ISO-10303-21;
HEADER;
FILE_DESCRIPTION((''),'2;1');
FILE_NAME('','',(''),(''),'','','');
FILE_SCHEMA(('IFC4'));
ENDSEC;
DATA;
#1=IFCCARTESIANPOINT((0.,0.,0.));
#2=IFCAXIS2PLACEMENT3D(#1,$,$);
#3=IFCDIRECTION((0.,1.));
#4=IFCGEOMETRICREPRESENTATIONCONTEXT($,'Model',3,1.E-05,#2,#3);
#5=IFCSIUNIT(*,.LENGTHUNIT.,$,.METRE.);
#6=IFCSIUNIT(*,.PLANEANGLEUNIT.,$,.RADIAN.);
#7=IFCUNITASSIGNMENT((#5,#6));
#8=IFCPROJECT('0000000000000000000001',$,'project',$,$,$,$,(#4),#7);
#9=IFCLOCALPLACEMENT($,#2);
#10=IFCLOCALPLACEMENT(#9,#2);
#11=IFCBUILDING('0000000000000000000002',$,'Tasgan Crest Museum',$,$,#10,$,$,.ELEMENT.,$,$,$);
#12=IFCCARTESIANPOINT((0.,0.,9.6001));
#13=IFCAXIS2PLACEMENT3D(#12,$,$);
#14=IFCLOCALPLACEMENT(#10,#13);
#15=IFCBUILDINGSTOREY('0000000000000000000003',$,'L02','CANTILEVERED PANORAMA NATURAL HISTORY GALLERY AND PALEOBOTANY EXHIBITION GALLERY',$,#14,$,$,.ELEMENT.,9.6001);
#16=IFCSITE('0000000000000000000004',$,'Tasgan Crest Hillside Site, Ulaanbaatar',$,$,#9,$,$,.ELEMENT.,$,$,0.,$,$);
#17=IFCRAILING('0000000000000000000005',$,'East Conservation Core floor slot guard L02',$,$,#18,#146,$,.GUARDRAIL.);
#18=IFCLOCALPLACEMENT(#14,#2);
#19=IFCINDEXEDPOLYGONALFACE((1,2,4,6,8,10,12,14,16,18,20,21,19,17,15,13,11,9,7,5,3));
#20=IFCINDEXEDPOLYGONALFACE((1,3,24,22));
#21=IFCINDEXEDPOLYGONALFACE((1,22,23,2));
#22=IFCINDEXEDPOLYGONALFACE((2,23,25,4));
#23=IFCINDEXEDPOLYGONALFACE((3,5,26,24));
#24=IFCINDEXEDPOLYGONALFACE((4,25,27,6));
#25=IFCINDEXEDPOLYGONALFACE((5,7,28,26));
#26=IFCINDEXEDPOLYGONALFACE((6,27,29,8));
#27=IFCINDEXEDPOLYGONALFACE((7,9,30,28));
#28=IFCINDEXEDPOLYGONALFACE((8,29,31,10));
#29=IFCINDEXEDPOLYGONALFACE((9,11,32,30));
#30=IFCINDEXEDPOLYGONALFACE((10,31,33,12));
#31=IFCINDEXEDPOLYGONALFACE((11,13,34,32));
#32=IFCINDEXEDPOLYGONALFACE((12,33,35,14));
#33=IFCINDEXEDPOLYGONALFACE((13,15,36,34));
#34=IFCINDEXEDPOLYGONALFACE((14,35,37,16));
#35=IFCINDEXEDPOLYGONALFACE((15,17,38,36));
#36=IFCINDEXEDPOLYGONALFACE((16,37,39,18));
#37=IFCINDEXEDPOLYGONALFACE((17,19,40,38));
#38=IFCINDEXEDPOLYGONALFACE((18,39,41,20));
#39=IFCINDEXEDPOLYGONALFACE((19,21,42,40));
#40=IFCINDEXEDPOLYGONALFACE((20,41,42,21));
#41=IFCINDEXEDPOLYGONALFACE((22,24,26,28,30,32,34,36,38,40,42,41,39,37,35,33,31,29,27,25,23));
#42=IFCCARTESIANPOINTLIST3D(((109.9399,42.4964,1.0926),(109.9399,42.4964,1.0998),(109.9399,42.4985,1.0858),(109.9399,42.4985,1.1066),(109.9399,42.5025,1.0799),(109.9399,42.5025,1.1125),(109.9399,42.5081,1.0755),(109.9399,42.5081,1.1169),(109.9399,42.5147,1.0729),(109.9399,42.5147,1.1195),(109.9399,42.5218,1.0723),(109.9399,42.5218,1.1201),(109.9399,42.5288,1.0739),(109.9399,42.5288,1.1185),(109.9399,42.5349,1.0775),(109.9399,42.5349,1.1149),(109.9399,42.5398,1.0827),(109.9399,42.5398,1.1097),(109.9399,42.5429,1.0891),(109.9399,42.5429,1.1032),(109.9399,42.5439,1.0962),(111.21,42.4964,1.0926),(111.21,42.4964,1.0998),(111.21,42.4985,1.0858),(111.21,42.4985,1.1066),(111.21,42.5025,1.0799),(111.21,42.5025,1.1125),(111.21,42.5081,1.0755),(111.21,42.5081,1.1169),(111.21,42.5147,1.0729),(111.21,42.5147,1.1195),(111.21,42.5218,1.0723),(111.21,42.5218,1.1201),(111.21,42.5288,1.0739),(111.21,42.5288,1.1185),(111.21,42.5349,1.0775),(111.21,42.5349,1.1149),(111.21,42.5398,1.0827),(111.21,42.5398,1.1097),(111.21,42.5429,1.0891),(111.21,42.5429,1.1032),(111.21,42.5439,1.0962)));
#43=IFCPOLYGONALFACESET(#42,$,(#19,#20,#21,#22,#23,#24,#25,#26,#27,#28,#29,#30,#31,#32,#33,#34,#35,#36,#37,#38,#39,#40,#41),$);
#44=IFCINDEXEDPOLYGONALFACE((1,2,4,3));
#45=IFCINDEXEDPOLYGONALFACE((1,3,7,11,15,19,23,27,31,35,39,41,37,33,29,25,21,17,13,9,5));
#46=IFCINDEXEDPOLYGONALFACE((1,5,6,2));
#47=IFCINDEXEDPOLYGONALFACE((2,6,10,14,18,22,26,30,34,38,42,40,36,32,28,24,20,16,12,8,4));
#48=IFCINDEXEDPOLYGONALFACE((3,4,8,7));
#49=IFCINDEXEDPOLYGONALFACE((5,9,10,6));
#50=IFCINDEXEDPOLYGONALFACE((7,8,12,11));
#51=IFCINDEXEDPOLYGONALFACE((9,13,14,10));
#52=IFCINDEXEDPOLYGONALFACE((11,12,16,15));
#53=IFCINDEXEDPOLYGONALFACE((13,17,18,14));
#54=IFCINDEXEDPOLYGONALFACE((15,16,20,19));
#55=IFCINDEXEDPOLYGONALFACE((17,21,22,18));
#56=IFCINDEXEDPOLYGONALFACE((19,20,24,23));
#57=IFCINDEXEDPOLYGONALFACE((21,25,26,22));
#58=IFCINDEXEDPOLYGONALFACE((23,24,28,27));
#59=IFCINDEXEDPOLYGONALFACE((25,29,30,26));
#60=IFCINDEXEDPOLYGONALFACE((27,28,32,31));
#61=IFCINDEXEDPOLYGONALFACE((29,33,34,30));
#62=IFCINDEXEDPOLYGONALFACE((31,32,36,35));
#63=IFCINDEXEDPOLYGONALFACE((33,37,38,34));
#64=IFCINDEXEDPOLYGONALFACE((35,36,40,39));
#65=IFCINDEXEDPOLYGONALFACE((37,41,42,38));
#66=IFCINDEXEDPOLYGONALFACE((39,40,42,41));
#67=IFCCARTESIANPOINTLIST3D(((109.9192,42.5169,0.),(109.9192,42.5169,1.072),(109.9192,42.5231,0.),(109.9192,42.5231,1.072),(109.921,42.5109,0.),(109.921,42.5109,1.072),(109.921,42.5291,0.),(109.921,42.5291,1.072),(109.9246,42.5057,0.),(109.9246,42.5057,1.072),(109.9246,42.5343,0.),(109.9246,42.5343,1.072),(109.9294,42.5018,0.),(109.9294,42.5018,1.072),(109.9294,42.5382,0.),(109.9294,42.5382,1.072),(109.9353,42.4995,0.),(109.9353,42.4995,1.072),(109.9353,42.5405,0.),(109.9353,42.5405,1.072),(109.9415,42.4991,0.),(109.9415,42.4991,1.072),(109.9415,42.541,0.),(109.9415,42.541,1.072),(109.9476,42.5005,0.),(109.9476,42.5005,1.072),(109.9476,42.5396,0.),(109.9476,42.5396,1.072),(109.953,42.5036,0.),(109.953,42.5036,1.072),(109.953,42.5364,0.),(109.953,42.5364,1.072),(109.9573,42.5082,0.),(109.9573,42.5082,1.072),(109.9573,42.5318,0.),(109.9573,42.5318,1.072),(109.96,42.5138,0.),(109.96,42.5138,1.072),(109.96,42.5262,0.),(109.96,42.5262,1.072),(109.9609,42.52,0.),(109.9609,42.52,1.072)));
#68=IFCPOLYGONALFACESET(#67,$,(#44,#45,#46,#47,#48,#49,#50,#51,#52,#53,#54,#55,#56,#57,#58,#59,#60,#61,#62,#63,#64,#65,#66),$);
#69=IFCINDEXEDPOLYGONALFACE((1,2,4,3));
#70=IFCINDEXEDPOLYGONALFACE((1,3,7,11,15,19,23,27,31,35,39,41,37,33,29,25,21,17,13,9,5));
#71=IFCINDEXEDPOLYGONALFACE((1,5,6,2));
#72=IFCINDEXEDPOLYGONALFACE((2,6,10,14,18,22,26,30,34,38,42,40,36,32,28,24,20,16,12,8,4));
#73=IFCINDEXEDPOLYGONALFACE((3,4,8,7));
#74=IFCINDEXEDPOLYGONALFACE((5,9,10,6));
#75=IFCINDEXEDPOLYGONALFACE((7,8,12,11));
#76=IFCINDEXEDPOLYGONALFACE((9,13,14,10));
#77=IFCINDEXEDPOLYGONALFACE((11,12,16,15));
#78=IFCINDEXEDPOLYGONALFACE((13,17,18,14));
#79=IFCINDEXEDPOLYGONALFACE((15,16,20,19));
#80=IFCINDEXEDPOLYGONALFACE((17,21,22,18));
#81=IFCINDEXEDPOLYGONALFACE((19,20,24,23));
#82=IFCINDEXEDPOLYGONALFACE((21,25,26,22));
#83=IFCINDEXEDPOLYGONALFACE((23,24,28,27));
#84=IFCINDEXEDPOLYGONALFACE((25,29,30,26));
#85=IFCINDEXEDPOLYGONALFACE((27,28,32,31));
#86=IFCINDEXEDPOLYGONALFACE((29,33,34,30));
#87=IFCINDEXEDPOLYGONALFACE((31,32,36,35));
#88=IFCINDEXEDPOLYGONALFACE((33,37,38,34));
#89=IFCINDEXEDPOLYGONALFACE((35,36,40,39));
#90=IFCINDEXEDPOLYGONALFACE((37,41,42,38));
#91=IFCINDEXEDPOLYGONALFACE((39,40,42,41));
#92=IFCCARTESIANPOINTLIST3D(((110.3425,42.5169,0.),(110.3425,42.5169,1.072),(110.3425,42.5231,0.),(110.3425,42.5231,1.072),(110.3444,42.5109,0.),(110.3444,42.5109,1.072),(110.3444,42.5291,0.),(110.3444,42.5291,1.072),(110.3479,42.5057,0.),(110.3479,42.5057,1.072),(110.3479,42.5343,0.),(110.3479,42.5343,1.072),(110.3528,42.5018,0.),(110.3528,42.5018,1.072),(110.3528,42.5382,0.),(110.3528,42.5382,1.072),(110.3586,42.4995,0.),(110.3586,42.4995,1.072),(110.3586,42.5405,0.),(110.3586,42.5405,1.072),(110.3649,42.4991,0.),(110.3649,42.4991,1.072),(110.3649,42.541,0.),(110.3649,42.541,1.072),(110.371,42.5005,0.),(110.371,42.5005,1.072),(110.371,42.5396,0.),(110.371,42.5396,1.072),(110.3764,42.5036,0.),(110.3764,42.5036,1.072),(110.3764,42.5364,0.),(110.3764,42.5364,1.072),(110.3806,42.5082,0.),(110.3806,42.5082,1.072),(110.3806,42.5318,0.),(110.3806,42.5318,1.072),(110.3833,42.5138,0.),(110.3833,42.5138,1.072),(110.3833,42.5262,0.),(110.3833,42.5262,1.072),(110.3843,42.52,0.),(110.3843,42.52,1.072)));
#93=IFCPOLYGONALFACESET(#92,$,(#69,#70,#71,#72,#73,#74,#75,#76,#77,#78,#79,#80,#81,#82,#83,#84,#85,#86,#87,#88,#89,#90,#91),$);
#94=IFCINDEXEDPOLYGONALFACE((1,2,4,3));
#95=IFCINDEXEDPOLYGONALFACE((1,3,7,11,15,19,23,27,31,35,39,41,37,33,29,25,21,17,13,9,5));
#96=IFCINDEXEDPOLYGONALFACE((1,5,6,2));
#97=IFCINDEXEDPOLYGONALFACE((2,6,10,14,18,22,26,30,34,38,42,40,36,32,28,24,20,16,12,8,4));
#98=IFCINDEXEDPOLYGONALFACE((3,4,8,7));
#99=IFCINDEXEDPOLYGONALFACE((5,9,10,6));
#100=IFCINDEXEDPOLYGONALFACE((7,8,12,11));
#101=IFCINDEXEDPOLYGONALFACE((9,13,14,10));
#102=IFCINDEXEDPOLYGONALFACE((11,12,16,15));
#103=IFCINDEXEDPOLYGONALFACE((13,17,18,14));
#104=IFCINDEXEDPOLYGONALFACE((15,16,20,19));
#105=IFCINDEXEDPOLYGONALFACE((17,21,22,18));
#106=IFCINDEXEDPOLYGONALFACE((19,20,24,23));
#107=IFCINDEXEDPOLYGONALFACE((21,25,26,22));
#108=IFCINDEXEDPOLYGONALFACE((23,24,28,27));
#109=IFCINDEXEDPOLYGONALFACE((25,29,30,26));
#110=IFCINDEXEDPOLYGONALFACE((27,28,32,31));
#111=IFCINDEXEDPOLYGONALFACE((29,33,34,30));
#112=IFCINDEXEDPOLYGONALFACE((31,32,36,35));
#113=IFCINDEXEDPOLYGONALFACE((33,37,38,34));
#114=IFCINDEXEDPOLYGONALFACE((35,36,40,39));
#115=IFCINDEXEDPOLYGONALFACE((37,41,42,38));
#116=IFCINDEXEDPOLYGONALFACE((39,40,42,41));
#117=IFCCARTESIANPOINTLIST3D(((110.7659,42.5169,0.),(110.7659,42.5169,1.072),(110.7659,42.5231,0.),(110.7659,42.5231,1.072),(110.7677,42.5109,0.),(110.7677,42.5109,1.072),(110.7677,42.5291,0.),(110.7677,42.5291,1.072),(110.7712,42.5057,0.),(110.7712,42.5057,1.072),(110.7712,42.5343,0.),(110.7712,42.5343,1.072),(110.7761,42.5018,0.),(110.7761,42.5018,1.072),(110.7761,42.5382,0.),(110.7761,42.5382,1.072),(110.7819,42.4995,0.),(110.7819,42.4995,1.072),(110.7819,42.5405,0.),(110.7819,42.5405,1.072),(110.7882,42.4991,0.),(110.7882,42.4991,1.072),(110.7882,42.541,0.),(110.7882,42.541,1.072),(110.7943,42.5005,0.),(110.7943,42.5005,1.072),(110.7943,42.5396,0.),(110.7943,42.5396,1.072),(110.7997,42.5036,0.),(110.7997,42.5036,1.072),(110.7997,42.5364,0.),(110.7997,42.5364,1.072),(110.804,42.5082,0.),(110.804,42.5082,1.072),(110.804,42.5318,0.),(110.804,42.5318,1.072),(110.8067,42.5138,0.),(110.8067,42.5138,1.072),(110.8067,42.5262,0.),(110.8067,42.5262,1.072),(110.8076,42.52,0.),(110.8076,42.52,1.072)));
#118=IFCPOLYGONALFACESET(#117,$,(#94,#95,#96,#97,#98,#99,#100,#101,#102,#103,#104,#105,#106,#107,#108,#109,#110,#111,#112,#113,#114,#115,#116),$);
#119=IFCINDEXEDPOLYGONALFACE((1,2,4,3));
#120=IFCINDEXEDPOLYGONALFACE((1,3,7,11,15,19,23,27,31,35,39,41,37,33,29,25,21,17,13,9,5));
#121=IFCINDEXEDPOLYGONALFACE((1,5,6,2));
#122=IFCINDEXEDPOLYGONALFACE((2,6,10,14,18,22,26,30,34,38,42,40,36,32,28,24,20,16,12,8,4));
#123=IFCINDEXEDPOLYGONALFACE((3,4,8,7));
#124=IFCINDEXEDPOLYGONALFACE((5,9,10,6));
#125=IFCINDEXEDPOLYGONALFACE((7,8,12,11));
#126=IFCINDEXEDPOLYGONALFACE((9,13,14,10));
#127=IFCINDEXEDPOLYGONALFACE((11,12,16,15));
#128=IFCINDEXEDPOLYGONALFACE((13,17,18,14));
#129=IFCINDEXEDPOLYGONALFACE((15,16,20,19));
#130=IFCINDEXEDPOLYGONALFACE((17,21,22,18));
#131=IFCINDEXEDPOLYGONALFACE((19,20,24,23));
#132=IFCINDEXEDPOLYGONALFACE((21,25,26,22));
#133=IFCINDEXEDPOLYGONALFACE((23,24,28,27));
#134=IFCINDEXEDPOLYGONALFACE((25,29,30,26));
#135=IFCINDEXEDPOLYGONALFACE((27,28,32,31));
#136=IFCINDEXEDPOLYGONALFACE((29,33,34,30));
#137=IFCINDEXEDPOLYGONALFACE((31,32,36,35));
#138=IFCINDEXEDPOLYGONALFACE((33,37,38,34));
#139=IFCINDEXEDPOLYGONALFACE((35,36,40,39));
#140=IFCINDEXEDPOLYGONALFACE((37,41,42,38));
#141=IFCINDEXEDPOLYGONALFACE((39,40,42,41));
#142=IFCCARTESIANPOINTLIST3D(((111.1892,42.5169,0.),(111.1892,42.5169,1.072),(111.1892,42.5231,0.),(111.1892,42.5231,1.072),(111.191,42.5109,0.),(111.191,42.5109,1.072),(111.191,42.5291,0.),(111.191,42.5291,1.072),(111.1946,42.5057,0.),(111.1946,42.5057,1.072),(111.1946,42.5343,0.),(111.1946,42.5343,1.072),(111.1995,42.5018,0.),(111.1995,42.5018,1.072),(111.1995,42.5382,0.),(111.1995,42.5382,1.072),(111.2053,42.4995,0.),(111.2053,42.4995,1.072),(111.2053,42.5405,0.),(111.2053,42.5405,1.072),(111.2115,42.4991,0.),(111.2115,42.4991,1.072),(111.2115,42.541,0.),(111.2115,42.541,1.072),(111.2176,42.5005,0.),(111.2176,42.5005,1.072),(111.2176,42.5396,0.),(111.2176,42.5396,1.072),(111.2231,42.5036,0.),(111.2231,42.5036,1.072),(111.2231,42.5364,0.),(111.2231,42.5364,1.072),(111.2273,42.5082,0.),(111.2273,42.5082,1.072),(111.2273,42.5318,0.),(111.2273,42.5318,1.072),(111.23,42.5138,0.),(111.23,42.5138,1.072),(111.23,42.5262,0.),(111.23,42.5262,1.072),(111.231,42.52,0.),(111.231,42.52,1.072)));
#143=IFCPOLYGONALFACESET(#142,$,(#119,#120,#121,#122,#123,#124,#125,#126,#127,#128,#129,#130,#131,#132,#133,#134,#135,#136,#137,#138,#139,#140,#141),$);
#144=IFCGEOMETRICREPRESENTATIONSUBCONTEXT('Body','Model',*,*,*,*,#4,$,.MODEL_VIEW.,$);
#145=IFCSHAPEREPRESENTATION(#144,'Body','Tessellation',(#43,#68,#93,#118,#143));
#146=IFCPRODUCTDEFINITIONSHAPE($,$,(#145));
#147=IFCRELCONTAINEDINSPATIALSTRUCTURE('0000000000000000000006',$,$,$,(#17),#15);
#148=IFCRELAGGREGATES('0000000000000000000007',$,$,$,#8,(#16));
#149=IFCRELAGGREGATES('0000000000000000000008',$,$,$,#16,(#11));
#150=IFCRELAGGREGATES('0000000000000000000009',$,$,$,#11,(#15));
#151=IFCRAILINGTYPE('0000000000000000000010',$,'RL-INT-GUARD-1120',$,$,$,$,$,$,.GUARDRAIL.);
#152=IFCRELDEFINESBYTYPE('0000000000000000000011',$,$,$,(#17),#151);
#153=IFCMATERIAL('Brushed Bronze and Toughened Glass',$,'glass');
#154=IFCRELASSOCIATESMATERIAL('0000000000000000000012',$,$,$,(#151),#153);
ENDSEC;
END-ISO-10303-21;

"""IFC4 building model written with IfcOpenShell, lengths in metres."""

from ifc_helpers import new_model, si_unit, direction, frame, origin, origin_2d, place, context, subcontext, project, spatial, circle, extrude, material, type_object, element, save


model = new_model("IFC4")

# Units and contexts
model_context = context("Model", 3, precision=1e-05, world=origin(), true_north=direction((0.0, 1.0)))
body_context = subcontext(model_context, "Body", "Model", "MODEL_VIEW")
ifc_project = project(units=[si_unit("LENGTHUNIT", "METRE"), si_unit("PLANEANGLEUNIT", "RADIAN")], contexts=[model_context])

# Site, building, storey
site_placement = place(None, origin())
site = spatial("IfcSite", under=ifc_project, at=site_placement, Name="Tasgan Crest Hillside Site, Ulaanbaatar", CompositionType="ELEMENT", RefElevation=0.0)
building_placement = place(site_placement, origin())
building = spatial("IfcBuilding", under=site, at=building_placement, Name="Tasgan Crest Museum", CompositionType="ELEMENT")
storey_placement = place(building_placement, frame((0.0, 0.0, 9.6001)))
storey = spatial("IfcBuildingStorey", under=building, at=storey_placement, Name="L02", Description="CANTILEVERED PANORAMA NATURAL HISTORY GALLERY AND PALEOBOTANY EXHIBITION GALLERY", CompositionType="ELEMENT", Elevation=9.6001)

# Railing
ifc_material_1 = material(Name="Brushed Bronze and Toughened Glass", Category="glass")
railing_type_1 = type_object("IfcRailingType", Name="RL-INT-GUARD-1120", PredefinedType="GUARDRAIL", material=ifc_material_1)
railing_1_placement = place(storey_placement, frame((109.9399, 42.52, 0.0)))
element("IfcRailing", 1, at=railing_1_placement, inside=storey, type_object=railing_type_1, Name="East Conservation Core floor slot guard L02", PredefinedType="GUARDRAIL", context=body_context, shape_type="SweptSolid", body=[
    extrude(circle(Radius=0.0239, at=origin_2d()), frame((0.0, 0.0, 1.0962), z_axis=(1.0, 0.0, 0.0), x_axis=(0.0, 1.0, 0.0)), (0.0, 0.0, 1.0), 1.27),
    extrude(circle(Radius=0.021, at=origin_2d()), origin(), (0.0, 0.0, 1.0), 1.072),
    extrude(circle(Radius=0.021, at=origin_2d()), frame((0.4233, 0.0, 0.0)), (0.0, 0.0, 1.0), 1.072),
    extrude(circle(Radius=0.021, at=origin_2d()), frame((0.8467, 0.0, 0.0)), (0.0, 0.0, 1.0), 1.072),
    extrude(circle(Radius=0.021, at=origin_2d()), frame((1.27, 0.0, 0.0)), (0.0, 0.0, 1.0), 1.072),
])

save(model, "model.ifc")
